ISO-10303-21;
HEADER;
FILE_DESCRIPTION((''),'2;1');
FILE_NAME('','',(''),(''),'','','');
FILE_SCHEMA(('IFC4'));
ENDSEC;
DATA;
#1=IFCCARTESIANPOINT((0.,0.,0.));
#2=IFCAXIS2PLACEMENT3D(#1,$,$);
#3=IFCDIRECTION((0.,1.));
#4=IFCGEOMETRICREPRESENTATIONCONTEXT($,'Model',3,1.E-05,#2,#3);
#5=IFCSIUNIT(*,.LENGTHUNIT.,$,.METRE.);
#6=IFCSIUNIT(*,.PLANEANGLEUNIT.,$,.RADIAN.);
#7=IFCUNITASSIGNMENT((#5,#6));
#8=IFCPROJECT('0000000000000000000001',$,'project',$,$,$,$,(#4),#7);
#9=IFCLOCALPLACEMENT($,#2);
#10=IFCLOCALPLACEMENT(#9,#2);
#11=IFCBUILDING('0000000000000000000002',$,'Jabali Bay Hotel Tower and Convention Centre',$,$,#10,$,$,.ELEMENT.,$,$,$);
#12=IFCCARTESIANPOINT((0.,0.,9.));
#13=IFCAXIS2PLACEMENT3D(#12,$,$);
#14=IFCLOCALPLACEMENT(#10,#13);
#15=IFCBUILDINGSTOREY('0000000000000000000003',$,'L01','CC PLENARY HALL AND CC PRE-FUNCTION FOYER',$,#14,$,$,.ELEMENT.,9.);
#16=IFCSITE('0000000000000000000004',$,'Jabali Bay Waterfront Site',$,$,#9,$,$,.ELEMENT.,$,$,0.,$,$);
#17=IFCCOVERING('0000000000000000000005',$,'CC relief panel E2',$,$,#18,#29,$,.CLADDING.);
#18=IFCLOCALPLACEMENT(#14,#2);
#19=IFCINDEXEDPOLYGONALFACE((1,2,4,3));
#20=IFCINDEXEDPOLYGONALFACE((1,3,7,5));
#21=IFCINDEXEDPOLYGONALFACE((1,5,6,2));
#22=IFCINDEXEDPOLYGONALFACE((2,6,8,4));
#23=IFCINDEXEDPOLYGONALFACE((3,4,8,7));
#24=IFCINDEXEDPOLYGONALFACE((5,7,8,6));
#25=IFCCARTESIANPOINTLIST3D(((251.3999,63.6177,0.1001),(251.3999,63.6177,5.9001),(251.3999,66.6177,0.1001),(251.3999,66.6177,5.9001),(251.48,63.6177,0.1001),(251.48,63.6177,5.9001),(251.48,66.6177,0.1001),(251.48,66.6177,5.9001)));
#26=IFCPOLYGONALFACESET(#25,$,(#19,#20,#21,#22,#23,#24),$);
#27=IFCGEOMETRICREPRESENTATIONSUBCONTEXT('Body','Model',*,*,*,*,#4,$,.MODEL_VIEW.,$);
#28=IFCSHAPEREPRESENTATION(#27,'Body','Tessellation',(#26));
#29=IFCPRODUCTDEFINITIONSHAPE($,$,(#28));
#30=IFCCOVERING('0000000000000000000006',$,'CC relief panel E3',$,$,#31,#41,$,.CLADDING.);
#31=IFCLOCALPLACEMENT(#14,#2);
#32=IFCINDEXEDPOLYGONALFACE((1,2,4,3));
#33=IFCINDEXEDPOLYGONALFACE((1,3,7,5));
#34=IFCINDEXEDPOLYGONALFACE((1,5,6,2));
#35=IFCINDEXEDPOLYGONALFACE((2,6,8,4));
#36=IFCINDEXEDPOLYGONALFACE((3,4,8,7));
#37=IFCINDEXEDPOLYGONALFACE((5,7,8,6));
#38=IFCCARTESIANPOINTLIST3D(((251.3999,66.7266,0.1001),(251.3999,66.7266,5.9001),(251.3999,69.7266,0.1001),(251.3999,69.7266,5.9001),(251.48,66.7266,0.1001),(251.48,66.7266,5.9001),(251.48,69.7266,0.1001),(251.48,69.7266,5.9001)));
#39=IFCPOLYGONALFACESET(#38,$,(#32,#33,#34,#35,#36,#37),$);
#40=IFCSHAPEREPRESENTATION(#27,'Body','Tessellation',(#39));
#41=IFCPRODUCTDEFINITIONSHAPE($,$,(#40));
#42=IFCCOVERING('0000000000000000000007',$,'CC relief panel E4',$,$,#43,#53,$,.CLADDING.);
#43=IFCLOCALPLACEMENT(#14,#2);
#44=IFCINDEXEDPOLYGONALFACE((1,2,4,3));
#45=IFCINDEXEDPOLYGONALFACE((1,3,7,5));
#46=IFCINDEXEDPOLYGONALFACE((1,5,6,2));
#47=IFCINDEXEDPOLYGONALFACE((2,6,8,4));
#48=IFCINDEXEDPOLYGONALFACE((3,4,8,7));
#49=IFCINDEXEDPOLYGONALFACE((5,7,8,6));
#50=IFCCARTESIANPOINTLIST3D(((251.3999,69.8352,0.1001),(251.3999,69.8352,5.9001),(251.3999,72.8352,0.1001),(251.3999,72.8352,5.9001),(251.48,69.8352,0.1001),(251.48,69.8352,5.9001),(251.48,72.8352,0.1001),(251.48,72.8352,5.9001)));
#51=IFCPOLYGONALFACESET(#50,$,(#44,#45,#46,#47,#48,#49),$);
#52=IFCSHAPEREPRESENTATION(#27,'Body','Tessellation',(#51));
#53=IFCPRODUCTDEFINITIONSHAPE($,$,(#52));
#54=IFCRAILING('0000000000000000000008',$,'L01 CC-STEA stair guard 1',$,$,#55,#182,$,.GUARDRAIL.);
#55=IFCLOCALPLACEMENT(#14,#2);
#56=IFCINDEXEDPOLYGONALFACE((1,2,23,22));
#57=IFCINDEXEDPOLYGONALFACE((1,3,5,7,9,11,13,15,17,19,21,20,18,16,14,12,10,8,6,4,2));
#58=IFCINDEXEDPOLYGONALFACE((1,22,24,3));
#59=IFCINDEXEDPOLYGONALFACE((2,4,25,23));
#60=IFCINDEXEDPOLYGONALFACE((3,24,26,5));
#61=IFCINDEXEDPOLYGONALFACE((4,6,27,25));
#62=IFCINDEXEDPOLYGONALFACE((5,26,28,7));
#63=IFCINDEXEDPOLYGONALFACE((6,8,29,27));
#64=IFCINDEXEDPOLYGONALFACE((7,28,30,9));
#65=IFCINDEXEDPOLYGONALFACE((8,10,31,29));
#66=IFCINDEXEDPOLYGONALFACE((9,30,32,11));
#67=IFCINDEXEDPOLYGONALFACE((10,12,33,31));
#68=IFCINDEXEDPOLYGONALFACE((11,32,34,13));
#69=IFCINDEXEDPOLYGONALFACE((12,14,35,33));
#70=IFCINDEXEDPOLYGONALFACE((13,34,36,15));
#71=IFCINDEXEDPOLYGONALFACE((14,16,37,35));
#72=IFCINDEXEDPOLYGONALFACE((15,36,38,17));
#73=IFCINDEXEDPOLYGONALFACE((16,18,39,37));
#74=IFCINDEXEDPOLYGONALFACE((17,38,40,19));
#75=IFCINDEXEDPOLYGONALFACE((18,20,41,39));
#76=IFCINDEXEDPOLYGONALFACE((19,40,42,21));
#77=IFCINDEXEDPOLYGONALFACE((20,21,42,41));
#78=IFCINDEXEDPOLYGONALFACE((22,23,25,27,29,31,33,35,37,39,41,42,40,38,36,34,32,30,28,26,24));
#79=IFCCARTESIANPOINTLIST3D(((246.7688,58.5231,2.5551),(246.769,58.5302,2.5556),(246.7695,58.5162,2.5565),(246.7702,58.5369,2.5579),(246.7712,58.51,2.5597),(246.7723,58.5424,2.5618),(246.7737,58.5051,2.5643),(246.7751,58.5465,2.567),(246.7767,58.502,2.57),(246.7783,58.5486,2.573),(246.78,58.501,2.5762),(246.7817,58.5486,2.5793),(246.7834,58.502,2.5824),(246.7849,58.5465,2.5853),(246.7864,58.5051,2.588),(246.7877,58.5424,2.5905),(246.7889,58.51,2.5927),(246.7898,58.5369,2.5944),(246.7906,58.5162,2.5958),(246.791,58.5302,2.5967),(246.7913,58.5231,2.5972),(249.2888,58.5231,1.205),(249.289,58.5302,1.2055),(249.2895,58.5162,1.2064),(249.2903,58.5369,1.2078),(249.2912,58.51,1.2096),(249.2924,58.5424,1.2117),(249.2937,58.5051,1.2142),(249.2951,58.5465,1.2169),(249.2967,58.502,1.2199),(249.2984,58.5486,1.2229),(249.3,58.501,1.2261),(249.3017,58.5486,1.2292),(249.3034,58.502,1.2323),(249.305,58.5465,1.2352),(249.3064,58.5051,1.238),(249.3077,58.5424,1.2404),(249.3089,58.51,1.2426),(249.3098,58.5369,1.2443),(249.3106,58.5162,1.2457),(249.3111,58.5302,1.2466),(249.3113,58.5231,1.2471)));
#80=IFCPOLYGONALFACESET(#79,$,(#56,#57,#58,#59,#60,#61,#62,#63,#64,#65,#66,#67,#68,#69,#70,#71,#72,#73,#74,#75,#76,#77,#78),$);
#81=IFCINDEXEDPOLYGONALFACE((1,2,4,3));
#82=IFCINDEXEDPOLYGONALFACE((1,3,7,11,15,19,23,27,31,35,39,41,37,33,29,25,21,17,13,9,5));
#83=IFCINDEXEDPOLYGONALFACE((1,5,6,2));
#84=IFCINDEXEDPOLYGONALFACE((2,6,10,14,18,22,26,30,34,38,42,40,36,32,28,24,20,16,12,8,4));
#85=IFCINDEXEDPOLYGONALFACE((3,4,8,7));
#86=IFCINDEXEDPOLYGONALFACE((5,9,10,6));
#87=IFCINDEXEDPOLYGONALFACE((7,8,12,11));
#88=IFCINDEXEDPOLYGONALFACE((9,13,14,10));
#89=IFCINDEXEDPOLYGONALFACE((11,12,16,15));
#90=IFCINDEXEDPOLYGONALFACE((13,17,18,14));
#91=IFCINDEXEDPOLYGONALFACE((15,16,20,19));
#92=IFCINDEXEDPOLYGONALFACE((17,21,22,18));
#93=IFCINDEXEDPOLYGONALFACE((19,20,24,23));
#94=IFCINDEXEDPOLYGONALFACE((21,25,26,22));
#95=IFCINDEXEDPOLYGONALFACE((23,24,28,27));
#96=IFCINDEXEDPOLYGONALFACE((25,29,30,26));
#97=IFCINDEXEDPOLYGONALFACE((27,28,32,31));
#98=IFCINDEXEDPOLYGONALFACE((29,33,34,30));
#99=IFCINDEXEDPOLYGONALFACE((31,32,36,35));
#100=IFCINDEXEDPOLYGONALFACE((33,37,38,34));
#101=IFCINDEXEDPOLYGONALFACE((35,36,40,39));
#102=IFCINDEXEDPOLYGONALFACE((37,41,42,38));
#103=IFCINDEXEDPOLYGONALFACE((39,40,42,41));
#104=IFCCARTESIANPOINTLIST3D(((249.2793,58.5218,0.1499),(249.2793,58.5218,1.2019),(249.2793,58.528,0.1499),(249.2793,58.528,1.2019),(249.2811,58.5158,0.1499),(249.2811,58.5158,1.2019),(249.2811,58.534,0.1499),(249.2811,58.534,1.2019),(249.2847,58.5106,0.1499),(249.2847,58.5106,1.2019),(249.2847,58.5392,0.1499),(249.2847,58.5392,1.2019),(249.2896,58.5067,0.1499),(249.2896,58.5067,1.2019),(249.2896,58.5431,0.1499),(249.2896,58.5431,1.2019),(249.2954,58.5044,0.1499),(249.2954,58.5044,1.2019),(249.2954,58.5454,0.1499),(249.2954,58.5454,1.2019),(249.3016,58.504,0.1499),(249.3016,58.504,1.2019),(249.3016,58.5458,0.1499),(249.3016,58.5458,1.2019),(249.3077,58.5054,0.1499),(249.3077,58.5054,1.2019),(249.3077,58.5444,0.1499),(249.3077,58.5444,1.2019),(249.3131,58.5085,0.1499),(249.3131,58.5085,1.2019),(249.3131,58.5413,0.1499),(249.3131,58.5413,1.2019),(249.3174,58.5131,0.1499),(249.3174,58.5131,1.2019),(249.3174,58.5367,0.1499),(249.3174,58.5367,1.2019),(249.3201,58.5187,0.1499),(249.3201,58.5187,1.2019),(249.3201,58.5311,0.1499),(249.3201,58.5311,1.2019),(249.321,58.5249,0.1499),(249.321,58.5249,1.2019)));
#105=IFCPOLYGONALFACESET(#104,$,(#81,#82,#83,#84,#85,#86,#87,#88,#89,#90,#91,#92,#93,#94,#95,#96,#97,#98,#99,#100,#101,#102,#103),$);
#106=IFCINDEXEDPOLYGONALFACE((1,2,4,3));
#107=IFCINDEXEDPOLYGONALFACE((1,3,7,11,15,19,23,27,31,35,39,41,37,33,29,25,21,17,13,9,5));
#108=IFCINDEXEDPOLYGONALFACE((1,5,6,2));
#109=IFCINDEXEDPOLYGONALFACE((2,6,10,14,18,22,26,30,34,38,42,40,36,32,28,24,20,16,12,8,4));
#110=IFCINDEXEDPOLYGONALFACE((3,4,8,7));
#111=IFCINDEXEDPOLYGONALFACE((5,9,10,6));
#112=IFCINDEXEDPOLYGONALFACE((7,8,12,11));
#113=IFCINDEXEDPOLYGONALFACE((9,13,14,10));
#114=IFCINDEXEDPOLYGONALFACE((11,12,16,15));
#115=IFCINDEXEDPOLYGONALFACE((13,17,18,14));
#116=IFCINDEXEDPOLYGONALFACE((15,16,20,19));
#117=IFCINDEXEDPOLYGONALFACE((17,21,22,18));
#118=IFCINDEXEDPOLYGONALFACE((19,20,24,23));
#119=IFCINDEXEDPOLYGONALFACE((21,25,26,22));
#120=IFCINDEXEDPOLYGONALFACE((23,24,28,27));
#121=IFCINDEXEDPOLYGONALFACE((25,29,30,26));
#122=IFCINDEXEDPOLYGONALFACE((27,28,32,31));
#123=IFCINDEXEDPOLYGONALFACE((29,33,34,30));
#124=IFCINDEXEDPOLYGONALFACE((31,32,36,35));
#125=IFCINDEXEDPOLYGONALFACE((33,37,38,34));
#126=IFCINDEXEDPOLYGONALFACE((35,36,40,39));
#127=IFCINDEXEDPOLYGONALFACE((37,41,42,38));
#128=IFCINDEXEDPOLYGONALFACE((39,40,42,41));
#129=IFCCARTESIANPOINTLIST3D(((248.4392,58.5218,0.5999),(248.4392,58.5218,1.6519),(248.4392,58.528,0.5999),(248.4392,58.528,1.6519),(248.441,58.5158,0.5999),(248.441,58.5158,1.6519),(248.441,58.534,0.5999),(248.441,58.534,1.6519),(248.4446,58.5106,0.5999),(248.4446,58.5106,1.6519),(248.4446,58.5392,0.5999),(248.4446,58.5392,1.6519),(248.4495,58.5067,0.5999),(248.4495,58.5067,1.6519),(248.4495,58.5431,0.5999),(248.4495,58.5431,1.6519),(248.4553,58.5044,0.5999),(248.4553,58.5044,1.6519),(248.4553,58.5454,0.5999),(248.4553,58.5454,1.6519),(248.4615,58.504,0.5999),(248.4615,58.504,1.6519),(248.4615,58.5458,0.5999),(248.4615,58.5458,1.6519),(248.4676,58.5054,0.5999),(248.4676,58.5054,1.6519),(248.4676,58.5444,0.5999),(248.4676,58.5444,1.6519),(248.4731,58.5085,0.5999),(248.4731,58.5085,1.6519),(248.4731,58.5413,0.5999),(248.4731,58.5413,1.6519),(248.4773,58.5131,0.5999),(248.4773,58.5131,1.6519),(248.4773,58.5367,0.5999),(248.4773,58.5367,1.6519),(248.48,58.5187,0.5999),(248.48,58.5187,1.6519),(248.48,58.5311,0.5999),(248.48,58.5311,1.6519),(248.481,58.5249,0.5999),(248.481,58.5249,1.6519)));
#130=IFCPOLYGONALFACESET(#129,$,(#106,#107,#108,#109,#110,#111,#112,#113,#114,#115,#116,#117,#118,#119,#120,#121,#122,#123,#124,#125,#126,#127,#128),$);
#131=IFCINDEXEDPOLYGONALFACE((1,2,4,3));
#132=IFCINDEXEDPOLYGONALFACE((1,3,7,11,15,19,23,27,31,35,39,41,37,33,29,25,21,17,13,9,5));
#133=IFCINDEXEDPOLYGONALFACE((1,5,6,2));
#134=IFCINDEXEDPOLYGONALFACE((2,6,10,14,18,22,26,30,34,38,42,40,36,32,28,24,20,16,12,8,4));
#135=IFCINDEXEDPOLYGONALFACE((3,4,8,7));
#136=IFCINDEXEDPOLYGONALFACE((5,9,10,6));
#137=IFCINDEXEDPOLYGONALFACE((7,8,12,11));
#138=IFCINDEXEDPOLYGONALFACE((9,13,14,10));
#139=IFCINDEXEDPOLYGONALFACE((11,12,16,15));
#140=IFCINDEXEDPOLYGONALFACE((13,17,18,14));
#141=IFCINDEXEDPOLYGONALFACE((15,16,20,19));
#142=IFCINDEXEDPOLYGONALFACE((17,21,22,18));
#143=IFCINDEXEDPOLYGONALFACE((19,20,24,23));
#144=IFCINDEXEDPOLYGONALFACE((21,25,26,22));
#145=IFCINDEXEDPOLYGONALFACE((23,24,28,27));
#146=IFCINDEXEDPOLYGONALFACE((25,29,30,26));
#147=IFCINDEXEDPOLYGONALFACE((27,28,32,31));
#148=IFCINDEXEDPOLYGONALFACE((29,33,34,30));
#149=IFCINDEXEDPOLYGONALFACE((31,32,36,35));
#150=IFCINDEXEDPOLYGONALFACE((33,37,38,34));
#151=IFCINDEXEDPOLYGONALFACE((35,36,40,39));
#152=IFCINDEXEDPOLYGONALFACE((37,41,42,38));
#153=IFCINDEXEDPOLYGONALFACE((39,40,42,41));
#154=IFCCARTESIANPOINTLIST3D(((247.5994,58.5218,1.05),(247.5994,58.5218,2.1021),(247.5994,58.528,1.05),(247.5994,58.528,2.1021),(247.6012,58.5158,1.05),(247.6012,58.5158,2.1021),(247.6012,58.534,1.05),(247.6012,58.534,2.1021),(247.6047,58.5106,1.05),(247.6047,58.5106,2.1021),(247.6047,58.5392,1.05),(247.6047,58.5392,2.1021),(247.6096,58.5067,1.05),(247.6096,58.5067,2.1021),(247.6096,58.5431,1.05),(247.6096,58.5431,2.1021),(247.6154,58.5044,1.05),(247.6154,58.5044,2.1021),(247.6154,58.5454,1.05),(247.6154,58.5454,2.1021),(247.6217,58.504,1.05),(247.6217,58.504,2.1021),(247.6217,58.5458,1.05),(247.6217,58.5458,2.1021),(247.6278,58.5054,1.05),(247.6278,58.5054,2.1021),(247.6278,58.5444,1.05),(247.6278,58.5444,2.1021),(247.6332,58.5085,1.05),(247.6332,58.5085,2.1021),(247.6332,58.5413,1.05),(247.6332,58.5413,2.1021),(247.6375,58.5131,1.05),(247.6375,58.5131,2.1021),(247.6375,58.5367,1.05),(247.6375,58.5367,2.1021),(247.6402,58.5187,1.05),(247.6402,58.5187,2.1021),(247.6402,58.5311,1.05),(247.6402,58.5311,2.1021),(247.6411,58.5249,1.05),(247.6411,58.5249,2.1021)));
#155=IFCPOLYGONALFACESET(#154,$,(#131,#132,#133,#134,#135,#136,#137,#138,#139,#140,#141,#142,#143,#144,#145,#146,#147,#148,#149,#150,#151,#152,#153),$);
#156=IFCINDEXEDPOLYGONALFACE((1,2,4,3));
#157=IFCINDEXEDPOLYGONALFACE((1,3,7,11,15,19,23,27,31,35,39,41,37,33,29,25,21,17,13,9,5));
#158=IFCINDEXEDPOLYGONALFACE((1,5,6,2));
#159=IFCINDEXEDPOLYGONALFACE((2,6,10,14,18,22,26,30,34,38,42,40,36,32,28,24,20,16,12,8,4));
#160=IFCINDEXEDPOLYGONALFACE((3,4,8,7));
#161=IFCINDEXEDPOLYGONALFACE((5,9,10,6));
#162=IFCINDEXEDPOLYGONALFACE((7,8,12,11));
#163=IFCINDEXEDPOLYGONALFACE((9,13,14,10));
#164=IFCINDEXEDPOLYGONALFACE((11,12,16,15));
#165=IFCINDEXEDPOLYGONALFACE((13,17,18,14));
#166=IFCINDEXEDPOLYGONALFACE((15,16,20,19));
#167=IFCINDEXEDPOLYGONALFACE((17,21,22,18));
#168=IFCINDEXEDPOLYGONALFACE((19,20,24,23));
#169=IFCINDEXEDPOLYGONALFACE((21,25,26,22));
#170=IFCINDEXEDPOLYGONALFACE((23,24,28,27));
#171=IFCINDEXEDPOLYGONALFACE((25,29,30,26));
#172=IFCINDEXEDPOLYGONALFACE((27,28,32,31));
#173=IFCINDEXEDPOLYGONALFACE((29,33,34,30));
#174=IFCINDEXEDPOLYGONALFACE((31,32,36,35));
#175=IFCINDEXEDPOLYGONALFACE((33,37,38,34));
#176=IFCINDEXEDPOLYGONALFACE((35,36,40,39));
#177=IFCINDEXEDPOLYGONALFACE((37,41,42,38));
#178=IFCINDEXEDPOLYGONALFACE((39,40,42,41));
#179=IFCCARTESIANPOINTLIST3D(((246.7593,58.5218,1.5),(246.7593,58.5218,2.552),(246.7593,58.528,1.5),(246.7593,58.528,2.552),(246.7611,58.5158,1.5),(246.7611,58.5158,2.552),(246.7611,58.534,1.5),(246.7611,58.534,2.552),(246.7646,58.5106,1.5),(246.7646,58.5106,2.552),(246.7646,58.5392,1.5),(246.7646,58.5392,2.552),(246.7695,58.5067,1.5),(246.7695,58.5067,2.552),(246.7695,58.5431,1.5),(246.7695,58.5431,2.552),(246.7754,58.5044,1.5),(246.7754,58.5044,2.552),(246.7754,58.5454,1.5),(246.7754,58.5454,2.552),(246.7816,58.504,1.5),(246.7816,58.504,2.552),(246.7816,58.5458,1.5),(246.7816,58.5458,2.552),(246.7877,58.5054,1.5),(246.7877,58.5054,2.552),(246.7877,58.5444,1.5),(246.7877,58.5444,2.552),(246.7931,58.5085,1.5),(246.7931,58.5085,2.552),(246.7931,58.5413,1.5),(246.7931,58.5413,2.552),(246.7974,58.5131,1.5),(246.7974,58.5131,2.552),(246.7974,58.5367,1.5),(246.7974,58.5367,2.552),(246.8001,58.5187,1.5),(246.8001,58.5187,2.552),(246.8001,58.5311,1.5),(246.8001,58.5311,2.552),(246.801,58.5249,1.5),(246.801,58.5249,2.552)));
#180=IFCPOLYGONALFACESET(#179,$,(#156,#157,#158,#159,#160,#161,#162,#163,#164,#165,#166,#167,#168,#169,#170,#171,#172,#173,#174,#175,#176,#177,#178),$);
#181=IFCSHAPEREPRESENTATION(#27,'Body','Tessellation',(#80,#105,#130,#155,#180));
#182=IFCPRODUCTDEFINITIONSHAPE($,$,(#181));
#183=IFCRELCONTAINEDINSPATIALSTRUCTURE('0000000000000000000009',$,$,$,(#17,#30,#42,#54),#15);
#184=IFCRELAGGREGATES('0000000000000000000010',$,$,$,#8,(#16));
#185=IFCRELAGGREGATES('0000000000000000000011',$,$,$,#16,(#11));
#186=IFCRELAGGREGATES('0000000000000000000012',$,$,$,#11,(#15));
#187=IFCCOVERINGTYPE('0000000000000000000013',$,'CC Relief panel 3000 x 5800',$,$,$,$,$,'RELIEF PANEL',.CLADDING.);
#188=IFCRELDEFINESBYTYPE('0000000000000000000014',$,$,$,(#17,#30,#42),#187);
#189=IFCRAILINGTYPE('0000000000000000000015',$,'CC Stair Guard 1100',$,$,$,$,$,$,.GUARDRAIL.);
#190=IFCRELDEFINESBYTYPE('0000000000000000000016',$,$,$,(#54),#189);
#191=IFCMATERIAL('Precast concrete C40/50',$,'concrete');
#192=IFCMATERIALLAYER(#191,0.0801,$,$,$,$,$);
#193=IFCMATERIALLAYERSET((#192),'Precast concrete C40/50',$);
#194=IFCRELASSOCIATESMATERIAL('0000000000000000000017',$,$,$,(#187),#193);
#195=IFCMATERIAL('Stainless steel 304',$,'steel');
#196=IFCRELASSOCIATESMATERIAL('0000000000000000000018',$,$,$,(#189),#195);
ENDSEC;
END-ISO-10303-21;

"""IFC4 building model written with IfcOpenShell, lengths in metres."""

from ifc_helpers import new_model, si_unit, direction, frame, origin, origin_2d, place, context, subcontext, project, spatial, rectangle, circle, extrude, material, layer, layer_set, type_object, element, save


model = new_model("IFC4")

# Units and contexts
model_context = context("Model", 3, precision=1e-05, world=origin(), true_north=direction((0.0, 1.0)))
body_context = subcontext(model_context, "Body", "Model", "MODEL_VIEW")
ifc_project = project(units=[si_unit("LENGTHUNIT", "METRE"), si_unit("PLANEANGLEUNIT", "RADIAN")], contexts=[model_context])

# Site, building, storey
site_placement = place(None, origin())
site = spatial("IfcSite", under=ifc_project, at=site_placement, Name="Jabali Bay Waterfront Site", CompositionType="ELEMENT", RefElevation=0.0)
building_placement = place(site_placement, origin())
building = spatial("IfcBuilding", under=site, at=building_placement, Name="Jabali Bay Hotel Tower and Convention Centre", CompositionType="ELEMENT")
storey_placement = place(building_placement, frame((0.0, 0.0, 9.0)))
storey = spatial("IfcBuildingStorey", under=building, at=storey_placement, Name="L01", Description="CC PLENARY HALL AND CC PRE-FUNCTION FOYER", CompositionType="ELEMENT", Elevation=9.0)

# Coverings
ifc_material_1 = material(Name="Precast concrete C40/50", Category="concrete")
ifc_layer_1 = layer(ifc_material_1, 0.0801)
ifc_layer_set_1 = layer_set([ifc_layer_1], Name="Precast concrete C40/50")
covering_type_1 = type_object("IfcCoveringType", Name="CC Relief panel 3000 x 5800", ElementType="RELIEF PANEL", PredefinedType="CLADDING", material=ifc_layer_set_1)
for number, where, z_axis, x_axis, name in (
    (1, (251.4399, 65.1177, 0.1001), (0.0, 0.0, 1.0), (1.0, 0.0, 0.0), "CC relief panel E2"),
    (2, (251.4399, 68.2266, 0.1001), (0.0, 0.0, 1.0), (1.0, 0.0, 0.0), "CC relief panel E3"),
    (3, (251.4399, 71.3352, 0.1001), (0.0, 0.0, 1.0), (1.0, 0.0, 0.0), "CC relief panel E4"),
):
    element("IfcCovering", number, at=place(storey_placement, frame(where, z_axis=z_axis, x_axis=x_axis)), inside=storey, type_object=covering_type_1, Name=name, PredefinedType="CLADDING", context=body_context, shape_type="SweptSolid", body=[
        extrude(rectangle(XDim=0.0801, YDim=3.0, at=origin_2d()), origin(), (0.0, 0.0, 1.0), 5.8),
    ])

# Railing
ifc_material_2 = material(Name="Stainless steel 304", Category="steel")
railing_type_1 = type_object("IfcRailingType", Name="CC Stair Guard 1100", PredefinedType="GUARDRAIL", material=ifc_material_2)
railing_1_placement = place(storey_placement, frame((249.3, 58.5249, 0.1499)))
element("IfcRailing", 4, at=railing_1_placement, inside=storey, type_object=railing_type_1, Name="L01 CC-STEA stair guard 1", PredefinedType="GUARDRAIL", context=body_context, shape_type="SweptSolid", body=[
    extrude(circle(Radius=0.0239, at=origin_2d()), frame((0.0, 0.0, 1.0762), z_axis=(-0.881467, 0.0, 0.472245), x_axis=(0.0, -1.0, 0.0)), (0.0, 0.0, 1.0), 2.8589),
    extrude(circle(Radius=0.021, at=origin_2d()), origin(), (0.0, 0.0, 1.0), 1.052),
    extrude(circle(Radius=0.021, at=origin_2d()), frame((-0.8401, 0.0, 0.45)), (0.0, 0.0, 1.0), 1.052),
    extrude(circle(Radius=0.021, at=origin_2d()), frame((-1.6799, 0.0, 0.9001)), (0.0, 0.0, 1.0), 1.052),
    extrude(circle(Radius=0.021, at=origin_2d()), frame((-2.52, 0.0, 1.3501)), (0.0, 0.0, 1.0), 1.052),
])

save(model, "model.ifc")
